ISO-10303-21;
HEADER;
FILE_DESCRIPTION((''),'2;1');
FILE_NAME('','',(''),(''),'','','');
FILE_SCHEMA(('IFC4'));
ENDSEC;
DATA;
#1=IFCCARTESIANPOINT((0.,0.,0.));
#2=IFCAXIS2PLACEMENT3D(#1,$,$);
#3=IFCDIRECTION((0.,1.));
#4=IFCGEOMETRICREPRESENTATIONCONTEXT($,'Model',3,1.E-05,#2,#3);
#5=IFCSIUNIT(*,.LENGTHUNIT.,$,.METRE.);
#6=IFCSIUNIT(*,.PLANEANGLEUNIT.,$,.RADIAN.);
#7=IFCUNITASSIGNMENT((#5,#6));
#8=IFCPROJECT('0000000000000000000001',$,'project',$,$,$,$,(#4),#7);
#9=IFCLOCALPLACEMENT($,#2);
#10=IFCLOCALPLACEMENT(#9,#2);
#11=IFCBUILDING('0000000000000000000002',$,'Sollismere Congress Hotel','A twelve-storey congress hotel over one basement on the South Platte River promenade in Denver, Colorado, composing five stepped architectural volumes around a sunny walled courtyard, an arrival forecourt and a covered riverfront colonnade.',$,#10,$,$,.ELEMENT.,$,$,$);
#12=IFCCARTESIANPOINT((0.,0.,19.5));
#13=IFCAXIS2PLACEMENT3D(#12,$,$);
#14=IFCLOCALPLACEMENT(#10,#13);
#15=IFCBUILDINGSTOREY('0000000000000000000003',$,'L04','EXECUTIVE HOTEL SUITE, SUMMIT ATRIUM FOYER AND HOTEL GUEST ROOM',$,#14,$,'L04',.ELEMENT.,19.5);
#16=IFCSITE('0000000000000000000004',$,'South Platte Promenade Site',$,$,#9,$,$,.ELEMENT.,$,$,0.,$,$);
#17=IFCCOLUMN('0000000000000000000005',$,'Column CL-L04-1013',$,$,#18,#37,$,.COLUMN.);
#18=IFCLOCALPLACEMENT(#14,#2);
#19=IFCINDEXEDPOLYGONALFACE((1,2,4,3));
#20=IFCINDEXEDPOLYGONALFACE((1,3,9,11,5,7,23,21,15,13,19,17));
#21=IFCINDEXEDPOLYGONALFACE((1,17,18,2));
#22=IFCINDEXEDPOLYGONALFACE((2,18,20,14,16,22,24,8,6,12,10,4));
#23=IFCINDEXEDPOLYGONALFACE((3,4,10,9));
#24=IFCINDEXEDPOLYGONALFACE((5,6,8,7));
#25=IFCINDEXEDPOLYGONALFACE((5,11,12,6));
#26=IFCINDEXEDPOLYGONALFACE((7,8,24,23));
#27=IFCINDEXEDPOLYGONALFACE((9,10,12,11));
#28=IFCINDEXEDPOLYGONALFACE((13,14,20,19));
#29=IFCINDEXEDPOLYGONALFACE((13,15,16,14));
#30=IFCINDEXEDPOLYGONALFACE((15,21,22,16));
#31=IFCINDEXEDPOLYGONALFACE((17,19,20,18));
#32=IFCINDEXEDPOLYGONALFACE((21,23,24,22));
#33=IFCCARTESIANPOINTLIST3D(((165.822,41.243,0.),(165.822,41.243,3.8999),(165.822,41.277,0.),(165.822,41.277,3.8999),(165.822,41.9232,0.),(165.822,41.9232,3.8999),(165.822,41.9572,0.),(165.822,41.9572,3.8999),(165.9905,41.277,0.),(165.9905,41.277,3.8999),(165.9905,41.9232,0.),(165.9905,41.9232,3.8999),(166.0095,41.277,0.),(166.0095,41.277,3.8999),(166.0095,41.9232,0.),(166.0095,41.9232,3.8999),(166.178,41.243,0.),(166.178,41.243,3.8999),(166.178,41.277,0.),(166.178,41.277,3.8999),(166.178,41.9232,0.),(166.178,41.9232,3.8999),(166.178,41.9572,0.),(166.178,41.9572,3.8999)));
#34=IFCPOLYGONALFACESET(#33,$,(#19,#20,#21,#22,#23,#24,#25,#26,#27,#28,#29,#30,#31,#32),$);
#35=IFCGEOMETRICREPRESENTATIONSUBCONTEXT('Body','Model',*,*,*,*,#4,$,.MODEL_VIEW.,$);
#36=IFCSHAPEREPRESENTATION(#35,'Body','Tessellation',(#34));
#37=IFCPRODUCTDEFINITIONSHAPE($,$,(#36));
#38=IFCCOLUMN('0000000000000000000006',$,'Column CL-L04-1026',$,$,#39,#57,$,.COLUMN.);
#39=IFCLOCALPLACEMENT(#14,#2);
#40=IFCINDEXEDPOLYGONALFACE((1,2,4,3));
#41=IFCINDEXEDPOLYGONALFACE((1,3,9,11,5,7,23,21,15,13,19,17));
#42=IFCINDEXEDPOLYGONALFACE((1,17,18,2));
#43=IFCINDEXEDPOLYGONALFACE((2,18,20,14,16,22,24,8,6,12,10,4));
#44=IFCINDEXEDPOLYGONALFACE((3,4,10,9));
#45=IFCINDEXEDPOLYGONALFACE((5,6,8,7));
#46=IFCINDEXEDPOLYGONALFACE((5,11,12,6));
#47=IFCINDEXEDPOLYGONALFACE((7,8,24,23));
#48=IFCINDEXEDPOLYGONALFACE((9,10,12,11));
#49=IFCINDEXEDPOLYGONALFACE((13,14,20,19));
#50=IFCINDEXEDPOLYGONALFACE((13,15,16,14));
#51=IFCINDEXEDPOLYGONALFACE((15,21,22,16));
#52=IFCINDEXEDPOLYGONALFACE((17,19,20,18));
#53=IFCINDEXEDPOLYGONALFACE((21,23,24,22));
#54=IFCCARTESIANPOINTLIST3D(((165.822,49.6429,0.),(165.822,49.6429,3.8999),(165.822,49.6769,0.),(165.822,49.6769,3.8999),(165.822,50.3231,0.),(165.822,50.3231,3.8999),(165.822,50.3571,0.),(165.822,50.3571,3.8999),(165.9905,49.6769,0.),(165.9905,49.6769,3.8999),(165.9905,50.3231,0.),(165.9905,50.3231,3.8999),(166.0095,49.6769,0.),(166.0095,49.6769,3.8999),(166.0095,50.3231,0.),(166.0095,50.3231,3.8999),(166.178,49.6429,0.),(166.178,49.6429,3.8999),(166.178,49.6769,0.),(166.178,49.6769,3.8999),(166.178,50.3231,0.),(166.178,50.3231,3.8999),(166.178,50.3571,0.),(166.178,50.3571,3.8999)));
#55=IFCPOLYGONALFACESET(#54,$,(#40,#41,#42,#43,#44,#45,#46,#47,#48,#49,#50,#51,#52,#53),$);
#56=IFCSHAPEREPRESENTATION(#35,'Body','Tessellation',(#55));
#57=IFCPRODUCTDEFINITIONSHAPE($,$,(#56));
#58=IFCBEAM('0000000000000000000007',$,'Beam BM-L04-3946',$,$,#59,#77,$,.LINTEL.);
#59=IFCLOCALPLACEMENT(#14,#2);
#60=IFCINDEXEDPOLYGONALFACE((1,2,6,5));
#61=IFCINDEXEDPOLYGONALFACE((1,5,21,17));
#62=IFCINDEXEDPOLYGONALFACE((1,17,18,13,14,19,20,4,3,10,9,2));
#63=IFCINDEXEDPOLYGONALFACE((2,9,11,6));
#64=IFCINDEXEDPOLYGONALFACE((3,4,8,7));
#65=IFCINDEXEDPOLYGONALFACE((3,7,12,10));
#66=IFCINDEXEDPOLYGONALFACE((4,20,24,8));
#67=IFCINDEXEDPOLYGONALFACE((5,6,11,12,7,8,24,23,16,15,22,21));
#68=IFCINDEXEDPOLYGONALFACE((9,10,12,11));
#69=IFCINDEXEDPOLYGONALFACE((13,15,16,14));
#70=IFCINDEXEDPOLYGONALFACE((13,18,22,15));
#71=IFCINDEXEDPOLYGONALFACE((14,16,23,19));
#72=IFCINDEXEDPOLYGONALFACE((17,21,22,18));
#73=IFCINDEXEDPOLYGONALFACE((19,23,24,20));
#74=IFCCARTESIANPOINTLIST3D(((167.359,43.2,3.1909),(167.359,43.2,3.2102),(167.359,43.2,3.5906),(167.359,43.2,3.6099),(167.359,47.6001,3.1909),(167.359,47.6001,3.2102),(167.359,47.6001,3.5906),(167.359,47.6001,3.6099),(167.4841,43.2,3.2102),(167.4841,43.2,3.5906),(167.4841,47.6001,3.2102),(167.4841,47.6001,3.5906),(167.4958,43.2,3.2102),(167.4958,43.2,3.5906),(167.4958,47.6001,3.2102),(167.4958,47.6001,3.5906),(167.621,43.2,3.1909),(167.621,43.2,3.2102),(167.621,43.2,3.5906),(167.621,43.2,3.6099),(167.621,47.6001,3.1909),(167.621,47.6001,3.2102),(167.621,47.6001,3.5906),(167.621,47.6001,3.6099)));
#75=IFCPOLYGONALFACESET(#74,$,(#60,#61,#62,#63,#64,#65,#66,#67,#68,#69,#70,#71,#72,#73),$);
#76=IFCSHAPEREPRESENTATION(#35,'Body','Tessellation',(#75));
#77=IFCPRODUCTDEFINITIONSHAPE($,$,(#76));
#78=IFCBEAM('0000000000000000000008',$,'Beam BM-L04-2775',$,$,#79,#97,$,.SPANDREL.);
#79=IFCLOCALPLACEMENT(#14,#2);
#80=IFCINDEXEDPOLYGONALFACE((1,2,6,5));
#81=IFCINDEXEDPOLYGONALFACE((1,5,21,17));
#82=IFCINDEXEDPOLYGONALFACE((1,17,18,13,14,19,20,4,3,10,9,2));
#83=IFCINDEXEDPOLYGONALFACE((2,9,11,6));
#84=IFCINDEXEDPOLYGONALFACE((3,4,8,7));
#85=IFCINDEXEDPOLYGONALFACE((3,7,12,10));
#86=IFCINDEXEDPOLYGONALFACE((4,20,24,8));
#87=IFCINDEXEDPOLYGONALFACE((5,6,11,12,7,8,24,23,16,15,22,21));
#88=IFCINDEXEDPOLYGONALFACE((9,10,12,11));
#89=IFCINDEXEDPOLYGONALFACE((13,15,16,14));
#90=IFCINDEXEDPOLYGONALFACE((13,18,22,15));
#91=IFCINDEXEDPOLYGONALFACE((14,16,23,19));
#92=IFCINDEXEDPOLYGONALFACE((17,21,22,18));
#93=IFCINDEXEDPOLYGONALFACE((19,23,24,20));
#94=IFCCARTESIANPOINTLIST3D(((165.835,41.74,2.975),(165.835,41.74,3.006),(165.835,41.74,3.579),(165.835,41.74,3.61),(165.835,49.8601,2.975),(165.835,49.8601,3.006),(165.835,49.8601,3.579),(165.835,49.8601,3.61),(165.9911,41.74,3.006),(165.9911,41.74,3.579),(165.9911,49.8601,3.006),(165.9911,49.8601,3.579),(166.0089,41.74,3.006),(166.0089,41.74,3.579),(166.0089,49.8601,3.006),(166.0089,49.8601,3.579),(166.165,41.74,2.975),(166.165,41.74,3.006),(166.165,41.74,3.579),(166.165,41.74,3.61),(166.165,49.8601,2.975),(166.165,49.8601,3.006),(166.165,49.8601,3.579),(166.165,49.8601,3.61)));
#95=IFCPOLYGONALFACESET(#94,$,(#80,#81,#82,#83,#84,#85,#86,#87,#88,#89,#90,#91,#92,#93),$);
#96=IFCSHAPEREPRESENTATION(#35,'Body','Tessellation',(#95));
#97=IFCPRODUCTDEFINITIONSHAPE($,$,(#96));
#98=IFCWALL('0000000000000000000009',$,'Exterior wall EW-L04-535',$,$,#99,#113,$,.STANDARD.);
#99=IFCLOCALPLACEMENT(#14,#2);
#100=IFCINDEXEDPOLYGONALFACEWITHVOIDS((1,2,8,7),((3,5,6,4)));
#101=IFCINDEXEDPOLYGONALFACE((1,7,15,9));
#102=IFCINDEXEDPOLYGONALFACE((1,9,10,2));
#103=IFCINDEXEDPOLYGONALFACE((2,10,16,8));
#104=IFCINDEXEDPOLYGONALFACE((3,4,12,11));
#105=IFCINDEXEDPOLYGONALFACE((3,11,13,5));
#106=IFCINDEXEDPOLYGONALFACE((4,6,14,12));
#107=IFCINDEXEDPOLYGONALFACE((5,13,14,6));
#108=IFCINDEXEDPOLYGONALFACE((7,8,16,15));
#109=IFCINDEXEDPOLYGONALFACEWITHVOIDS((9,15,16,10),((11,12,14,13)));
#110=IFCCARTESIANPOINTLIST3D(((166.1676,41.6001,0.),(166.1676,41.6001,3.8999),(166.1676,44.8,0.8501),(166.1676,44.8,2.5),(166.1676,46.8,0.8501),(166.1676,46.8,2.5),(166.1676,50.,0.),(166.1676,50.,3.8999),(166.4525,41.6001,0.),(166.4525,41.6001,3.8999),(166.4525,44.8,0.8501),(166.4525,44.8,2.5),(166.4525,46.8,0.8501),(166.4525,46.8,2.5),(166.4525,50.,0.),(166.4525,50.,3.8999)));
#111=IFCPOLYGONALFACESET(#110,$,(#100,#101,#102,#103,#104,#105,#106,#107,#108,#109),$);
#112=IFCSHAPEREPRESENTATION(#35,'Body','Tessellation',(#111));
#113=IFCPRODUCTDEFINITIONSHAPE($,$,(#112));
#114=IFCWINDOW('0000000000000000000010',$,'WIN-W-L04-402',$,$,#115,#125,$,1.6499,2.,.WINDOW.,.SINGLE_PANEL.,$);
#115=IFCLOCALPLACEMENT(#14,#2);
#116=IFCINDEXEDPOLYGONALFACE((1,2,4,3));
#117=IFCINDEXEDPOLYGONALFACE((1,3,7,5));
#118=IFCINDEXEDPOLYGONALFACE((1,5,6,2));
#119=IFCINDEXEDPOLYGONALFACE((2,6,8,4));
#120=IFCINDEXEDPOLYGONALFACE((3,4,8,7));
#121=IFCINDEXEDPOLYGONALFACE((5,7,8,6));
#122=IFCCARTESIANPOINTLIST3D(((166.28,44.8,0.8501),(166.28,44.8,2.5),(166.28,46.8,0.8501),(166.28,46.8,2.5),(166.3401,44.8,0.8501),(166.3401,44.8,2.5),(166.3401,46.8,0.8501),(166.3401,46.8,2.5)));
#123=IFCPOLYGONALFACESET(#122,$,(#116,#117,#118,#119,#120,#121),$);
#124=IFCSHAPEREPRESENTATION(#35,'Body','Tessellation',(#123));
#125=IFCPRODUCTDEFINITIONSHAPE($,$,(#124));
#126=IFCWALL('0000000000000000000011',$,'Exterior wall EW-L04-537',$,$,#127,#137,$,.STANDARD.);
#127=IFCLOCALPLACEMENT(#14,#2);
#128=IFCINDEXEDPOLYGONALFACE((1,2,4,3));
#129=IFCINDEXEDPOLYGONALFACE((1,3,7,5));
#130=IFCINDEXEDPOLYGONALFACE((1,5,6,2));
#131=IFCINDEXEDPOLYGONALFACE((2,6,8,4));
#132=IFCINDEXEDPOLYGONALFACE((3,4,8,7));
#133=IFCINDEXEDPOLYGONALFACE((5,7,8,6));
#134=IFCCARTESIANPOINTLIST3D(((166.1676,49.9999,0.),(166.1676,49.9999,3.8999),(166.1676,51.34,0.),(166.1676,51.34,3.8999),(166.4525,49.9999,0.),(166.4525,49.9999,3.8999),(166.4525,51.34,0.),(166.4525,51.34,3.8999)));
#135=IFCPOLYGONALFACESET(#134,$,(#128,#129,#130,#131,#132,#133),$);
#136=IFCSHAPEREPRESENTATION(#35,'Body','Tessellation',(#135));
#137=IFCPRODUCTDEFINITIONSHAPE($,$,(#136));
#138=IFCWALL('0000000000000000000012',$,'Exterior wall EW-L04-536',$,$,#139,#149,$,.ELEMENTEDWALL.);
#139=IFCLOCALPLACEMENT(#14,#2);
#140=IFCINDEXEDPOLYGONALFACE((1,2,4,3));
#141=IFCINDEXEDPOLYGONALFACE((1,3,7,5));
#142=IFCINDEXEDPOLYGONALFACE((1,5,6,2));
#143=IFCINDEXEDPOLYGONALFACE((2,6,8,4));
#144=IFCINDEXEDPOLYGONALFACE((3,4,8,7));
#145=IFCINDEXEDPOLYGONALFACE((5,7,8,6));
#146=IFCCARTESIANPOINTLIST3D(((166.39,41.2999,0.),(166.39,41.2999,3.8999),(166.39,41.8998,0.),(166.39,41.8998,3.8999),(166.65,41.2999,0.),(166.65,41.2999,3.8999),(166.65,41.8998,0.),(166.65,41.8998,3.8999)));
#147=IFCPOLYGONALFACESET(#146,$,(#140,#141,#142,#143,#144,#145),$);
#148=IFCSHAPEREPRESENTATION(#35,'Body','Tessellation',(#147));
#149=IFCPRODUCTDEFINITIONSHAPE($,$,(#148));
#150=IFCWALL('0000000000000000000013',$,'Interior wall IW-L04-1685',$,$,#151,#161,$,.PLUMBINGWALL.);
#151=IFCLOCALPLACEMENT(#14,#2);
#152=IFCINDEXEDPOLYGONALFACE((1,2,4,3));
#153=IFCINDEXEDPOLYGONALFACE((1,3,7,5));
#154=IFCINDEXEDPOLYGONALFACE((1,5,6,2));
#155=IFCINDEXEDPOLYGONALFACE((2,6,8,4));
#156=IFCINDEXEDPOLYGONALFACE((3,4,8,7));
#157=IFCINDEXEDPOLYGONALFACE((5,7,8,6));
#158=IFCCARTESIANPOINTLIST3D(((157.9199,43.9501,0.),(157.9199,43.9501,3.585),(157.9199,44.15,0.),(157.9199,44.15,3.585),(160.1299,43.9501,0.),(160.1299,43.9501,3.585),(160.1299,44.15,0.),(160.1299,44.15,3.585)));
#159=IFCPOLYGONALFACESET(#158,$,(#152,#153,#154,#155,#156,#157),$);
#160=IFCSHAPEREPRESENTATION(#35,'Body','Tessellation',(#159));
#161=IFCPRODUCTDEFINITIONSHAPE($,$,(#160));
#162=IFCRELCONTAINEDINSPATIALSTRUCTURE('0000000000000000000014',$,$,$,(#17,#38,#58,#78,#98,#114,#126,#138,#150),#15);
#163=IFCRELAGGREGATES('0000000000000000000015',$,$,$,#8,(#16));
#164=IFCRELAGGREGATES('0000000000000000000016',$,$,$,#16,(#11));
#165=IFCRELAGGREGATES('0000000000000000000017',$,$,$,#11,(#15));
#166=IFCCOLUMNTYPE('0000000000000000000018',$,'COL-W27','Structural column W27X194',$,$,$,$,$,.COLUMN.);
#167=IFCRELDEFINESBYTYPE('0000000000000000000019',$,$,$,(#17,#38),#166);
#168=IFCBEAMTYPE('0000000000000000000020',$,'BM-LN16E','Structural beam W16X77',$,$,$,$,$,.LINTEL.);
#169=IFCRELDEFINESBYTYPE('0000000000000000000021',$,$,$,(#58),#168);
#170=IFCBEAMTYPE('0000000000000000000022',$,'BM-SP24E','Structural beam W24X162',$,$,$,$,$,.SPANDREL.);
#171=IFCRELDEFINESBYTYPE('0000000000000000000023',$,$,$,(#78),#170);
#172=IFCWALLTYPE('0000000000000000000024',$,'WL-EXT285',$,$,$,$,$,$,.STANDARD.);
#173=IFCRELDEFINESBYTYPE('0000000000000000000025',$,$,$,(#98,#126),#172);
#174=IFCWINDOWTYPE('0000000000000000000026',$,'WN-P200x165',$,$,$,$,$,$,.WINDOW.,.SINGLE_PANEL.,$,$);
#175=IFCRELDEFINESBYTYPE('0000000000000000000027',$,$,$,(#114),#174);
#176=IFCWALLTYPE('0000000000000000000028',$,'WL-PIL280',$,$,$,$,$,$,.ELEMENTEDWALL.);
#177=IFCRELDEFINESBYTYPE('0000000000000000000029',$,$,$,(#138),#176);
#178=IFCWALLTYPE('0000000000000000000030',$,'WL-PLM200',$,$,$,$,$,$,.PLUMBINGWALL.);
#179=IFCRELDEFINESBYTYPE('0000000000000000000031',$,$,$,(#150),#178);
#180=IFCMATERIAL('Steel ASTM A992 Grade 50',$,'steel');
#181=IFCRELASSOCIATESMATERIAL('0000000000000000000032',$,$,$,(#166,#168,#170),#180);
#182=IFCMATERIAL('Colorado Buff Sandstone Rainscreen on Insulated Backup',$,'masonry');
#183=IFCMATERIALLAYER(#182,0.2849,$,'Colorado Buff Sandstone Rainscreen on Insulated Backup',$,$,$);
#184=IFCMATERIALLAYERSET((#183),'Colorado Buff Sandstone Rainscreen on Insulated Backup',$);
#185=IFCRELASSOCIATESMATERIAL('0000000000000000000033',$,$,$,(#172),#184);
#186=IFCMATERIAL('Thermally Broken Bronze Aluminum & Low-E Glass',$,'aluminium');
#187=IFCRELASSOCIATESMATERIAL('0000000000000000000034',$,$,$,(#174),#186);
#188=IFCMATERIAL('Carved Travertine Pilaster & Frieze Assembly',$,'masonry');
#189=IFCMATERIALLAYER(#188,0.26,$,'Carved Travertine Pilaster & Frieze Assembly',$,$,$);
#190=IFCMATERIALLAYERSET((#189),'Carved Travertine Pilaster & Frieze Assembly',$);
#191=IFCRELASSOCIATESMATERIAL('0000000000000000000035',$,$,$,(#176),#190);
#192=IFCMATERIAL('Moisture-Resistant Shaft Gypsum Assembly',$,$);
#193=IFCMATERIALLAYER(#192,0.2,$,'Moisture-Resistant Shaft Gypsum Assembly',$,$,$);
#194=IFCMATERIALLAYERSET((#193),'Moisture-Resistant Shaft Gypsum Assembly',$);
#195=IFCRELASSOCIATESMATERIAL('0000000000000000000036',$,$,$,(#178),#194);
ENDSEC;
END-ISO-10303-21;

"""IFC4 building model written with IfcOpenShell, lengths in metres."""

from ifc_helpers import new_model, si_unit, direction, frame, frame_2d, origin, origin_2d, place, context, subcontext, project, spatial, rectangle, i_section, extrude, material, layer, layer_set, material_profile, profile_set, type_object, element, fill, save


model = new_model("IFC4")

# Units and contexts
model_context = context("Model", 3, precision=1e-05, world=origin(), true_north=direction((0.0, 1.0)))
body_context = subcontext(model_context, "Body", "Model", "MODEL_VIEW")
ifc_project = project(units=[si_unit("LENGTHUNIT", "METRE"), si_unit("PLANEANGLEUNIT", "RADIAN")], contexts=[model_context])

# Site, building, storey
site_placement = place(None, origin())
site = spatial("IfcSite", under=ifc_project, at=site_placement, Name="South Platte Promenade Site", CompositionType="ELEMENT", RefElevation=0.0)
building_placement = place(site_placement, origin())
building = spatial("IfcBuilding", under=site, at=building_placement, Name="Sollismere Congress Hotel", Description="A twelve-storey congress hotel over one basement on the South Platte River promenade in Denver, Colorado, composing five stepped architectural volumes around a sunny walled courtyard, an arrival forecourt and a covered riverfront colonnade.", CompositionType="ELEMENT")
storey_placement = place(building_placement, frame((0.0, 0.0, 19.5)))
storey = spatial("IfcBuildingStorey", under=building, at=storey_placement, Name="L04", Description="EXECUTIVE HOTEL SUITE, SUMMIT ATRIUM FOYER AND HOTEL GUEST ROOM", LongName="L04", CompositionType="ELEMENT", Elevation=19.5)

# Columns
ifc_material_1 = material(Name="Steel ASTM A992 Grade 50", Category="steel")
ifc_material_profile_1 = material_profile(ifc_material_1, i_section(OverallWidth=0.356, OverallDepth=0.7141, WebThickness=0.019, FlangeThickness=0.0339, at=origin_2d()), Name="W27X194")
ifc_profile_set_1 = profile_set([ifc_material_profile_1], Name="Steel ASTM A992 Grade 50")
column_type = type_object("IfcColumnType", Name="COL-W27", Description="Structural column W27X194", PredefinedType="COLUMN", material=ifc_profile_set_1)
for number, where, z_axis, x_axis, name in (
    (1, (166.0, 41.6001, 0.0), (0.0, 0.0, 1.0), (1.0, 0.0, 0.0), "Column CL-L04-1013"),
    (2, (166.0, 50.0, 0.0), (0.0, 0.0, 1.0), (1.0, 0.0, 0.0), "Column CL-L04-1026"),
):
    element("IfcColumn", number, at=place(storey_placement, frame(where, z_axis=z_axis, x_axis=x_axis)), inside=storey, type_object=column_type, Name=name, PredefinedType="COLUMN", context=body_context, shape_type="SweptSolid", body=[
        extrude(i_section(OverallWidth=0.356, OverallDepth=0.7141, WebThickness=0.019, FlangeThickness=0.0339, at=origin_2d()), origin(), (0.0, 0.0, 1.0), 3.8999),
    ])

# Beams
ifc_material_profile_2 = material_profile(ifc_material_1, i_section(OverallWidth=0.262, OverallDepth=0.4189, WebThickness=0.0117, FlangeThickness=0.0193, at=origin_2d()), Name="W16X77")
ifc_profile_set_2 = profile_set([ifc_material_profile_2], Name="Steel ASTM A992 Grade 50")
beam_type_1 = type_object("IfcBeamType", Name="BM-LN16E", Description="Structural beam W16X77", PredefinedType="LINTEL", material=ifc_profile_set_2)
beam_1_placement = place(storey_placement, frame((167.49, 43.2, 3.4004), z_axis=(0.0, 1.0, 0.0), x_axis=(-1.0, 0.0, 0.0)))
element("IfcBeam", 3, at=beam_1_placement, inside=storey, type_object=beam_type_1, Name="Beam BM-L04-3946", PredefinedType="LINTEL", context=body_context, shape_type="SweptSolid", body=[
    extrude(i_section(OverallWidth=0.262, OverallDepth=0.4189, WebThickness=0.0117, FlangeThickness=0.0193, at=origin_2d()), origin(), (0.0, 0.0, 1.0), 4.4001),
])
ifc_material_profile_3 = material_profile(ifc_material_1, i_section(OverallWidth=0.3301, OverallDepth=0.635, WebThickness=0.0178, FlangeThickness=0.031, at=origin_2d()), Name="W24X162")
ifc_profile_set_3 = profile_set([ifc_material_profile_3], Name="Steel ASTM A992 Grade 50")
beam_type_2 = type_object("IfcBeamType", Name="BM-SP24E", Description="Structural beam W24X162", PredefinedType="SPANDREL", material=ifc_profile_set_3)
beam_2_placement = place(storey_placement, frame((166.0, 41.74, 3.2925), z_axis=(0.0, 1.0, 0.0), x_axis=(-1.0, 0.0, 0.0)))
element("IfcBeam", 4, at=beam_2_placement, inside=storey, type_object=beam_type_2, Name="Beam BM-L04-2775", PredefinedType="SPANDREL", context=body_context, shape_type="SweptSolid", body=[
    extrude(i_section(OverallWidth=0.3301, OverallDepth=0.635, WebThickness=0.0178, FlangeThickness=0.031, at=origin_2d()), origin(), (0.0, 0.0, 1.0), 8.1201),
])

# Wall, opening, window
ifc_material_2 = material(Name="Colorado Buff Sandstone Rainscreen on Insulated Backup", Category="masonry")
ifc_layer_1 = layer(ifc_material_2, 0.2849, Name="Colorado Buff Sandstone Rainscreen on Insulated Backup")
ifc_layer_set_1 = layer_set([ifc_layer_1], Name="Colorado Buff Sandstone Rainscreen on Insulated Backup")
wall_type_1 = type_object("IfcWallType", Name="WL-EXT285", PredefinedType="STANDARD", material=ifc_layer_set_1)
wall_1_placement = place(storey_placement, frame((166.3101, 41.6001, 0.0), z_axis=(0.0, 0.0, 1.0), x_axis=(0.0, 1.0, 0.0)))
wall_1 = element("IfcWall", 5, at=wall_1_placement, inside=storey, type_object=wall_type_1, Name="Exterior wall EW-L04-535", PredefinedType="STANDARD", context=body_context, shape_type="SweptSolid", body=[
    extrude(rectangle(XDim=8.3999, YDim=0.2849, at=frame_2d((4.2, 0.0))), origin(), (0.0, 0.0, 1.0), 3.8999),
])
opening_1_placement = place(wall_1_placement, frame((3.2, 0.0, 0.8501)))
opening_1 = element("IfcOpeningElement", 6, at=opening_1_placement, cuts=wall_1, PredefinedType="OPENING", context=body_context, shape_type="SweptSolid", body=[
    extrude(rectangle(XDim=2.0, YDim=1.6499, at=frame_2d((1.0, 0.825))), frame((0.0, 0.1523, 0.0), z_axis=(0.0, -1.0, 0.0), x_axis=(1.0, 0.0, 0.0)), (0.0, 0.0, 1.0), 0.3049),
])
ifc_material_3 = material(Name="Thermally Broken Bronze Aluminum & Low-E Glass", Category="aluminium")
window_type = type_object("IfcWindowType", Name="WN-P200x165", PartitioningType="SINGLE_PANEL", PredefinedType="WINDOW", material=ifc_material_3)
window_placement = place(opening_1_placement, origin())
window = element("IfcWindow", 7, at=window_placement, inside=storey, type_object=window_type, Name="WIN-W-L04-402", OverallHeight=1.6499, OverallWidth=2.0, PartitioningType="SINGLE_PANEL", PredefinedType="WINDOW", context=body_context, shape_type="SweptSolid", body=[
    extrude(rectangle(XDim=2.0, YDim=1.6499, at=frame_2d((1.0, 0.825))), frame((0.0, 0.03, 0.0), z_axis=(0.0, -1.0, 0.0), x_axis=(1.0, 0.0, 0.0)), (0.0, 0.0, 1.0), 0.0601),
])
fill(opening_1, window)

# Walls
wall_2_placement = place(storey_placement, frame((166.3101, 50.0, 0.0), z_axis=(0.0, 0.0, 1.0), x_axis=(0.0, 1.0, 0.0)))
element("IfcWall", 8, at=wall_2_placement, inside=storey, type_object=wall_type_1, Name="Exterior wall EW-L04-537", PredefinedType="STANDARD", context=body_context, shape_type="SweptSolid", body=[
    extrude(rectangle(XDim=1.3401, YDim=0.2849, at=frame_2d((0.6699, 0.0))), origin(), (0.0, 0.0, 1.0), 3.8999),
])
ifc_material_4 = material(Name="Carved Travertine Pilaster & Frieze Assembly", Category="masonry")
ifc_layer_2 = layer(ifc_material_4, 0.26, Name="Carved Travertine Pilaster & Frieze Assembly")
ifc_layer_set_2 = layer_set([ifc_layer_2], Name="Carved Travertine Pilaster & Frieze Assembly")
wall_type_2 = type_object("IfcWallType", Name="WL-PIL280", PredefinedType="ELEMENTEDWALL", material=ifc_layer_set_2)
wall_3_placement = place(storey_placement, frame((166.52, 41.3, 0.0), z_axis=(0.0, 0.0, 1.0), x_axis=(0.0, 1.0, 0.0)))
element("IfcWall", 9, at=wall_3_placement, inside=storey, type_object=wall_type_2, Name="Exterior wall EW-L04-536", PredefinedType="ELEMENTEDWALL", context=body_context, shape_type="SweptSolid", body=[
    extrude(rectangle(XDim=0.5999, YDim=0.26, at=frame_2d((0.2998, 0.0))), origin(), (0.0, 0.0, 1.0), 3.8999),
])
ifc_material_5 = material(Name="Moisture-Resistant Shaft Gypsum Assembly")
ifc_layer_3 = layer(ifc_material_5, 0.2, Name="Moisture-Resistant Shaft Gypsum Assembly")
ifc_layer_set_3 = layer_set([ifc_layer_3], Name="Moisture-Resistant Shaft Gypsum Assembly")
wall_type_3 = type_object("IfcWallType", Name="WL-PLM200", PredefinedType="PLUMBINGWALL", material=ifc_layer_set_3)
wall_4_placement = place(storey_placement, frame((157.9199, 44.05, 0.0), z_axis=(0.0, 0.0, 1.0), x_axis=(1.0, 0.0, 0.0)))
element("IfcWall", 10, at=wall_4_placement, inside=storey, type_object=wall_type_3, Name="Interior wall IW-L04-1685", PredefinedType="PLUMBINGWALL", context=body_context, shape_type="SweptSolid", body=[
    extrude(rectangle(XDim=2.21, YDim=0.2, at=frame_2d((1.105, 0.0))), origin(), (0.0, 0.0, 1.0), 3.585),
])

save(model, "model.ifc")
